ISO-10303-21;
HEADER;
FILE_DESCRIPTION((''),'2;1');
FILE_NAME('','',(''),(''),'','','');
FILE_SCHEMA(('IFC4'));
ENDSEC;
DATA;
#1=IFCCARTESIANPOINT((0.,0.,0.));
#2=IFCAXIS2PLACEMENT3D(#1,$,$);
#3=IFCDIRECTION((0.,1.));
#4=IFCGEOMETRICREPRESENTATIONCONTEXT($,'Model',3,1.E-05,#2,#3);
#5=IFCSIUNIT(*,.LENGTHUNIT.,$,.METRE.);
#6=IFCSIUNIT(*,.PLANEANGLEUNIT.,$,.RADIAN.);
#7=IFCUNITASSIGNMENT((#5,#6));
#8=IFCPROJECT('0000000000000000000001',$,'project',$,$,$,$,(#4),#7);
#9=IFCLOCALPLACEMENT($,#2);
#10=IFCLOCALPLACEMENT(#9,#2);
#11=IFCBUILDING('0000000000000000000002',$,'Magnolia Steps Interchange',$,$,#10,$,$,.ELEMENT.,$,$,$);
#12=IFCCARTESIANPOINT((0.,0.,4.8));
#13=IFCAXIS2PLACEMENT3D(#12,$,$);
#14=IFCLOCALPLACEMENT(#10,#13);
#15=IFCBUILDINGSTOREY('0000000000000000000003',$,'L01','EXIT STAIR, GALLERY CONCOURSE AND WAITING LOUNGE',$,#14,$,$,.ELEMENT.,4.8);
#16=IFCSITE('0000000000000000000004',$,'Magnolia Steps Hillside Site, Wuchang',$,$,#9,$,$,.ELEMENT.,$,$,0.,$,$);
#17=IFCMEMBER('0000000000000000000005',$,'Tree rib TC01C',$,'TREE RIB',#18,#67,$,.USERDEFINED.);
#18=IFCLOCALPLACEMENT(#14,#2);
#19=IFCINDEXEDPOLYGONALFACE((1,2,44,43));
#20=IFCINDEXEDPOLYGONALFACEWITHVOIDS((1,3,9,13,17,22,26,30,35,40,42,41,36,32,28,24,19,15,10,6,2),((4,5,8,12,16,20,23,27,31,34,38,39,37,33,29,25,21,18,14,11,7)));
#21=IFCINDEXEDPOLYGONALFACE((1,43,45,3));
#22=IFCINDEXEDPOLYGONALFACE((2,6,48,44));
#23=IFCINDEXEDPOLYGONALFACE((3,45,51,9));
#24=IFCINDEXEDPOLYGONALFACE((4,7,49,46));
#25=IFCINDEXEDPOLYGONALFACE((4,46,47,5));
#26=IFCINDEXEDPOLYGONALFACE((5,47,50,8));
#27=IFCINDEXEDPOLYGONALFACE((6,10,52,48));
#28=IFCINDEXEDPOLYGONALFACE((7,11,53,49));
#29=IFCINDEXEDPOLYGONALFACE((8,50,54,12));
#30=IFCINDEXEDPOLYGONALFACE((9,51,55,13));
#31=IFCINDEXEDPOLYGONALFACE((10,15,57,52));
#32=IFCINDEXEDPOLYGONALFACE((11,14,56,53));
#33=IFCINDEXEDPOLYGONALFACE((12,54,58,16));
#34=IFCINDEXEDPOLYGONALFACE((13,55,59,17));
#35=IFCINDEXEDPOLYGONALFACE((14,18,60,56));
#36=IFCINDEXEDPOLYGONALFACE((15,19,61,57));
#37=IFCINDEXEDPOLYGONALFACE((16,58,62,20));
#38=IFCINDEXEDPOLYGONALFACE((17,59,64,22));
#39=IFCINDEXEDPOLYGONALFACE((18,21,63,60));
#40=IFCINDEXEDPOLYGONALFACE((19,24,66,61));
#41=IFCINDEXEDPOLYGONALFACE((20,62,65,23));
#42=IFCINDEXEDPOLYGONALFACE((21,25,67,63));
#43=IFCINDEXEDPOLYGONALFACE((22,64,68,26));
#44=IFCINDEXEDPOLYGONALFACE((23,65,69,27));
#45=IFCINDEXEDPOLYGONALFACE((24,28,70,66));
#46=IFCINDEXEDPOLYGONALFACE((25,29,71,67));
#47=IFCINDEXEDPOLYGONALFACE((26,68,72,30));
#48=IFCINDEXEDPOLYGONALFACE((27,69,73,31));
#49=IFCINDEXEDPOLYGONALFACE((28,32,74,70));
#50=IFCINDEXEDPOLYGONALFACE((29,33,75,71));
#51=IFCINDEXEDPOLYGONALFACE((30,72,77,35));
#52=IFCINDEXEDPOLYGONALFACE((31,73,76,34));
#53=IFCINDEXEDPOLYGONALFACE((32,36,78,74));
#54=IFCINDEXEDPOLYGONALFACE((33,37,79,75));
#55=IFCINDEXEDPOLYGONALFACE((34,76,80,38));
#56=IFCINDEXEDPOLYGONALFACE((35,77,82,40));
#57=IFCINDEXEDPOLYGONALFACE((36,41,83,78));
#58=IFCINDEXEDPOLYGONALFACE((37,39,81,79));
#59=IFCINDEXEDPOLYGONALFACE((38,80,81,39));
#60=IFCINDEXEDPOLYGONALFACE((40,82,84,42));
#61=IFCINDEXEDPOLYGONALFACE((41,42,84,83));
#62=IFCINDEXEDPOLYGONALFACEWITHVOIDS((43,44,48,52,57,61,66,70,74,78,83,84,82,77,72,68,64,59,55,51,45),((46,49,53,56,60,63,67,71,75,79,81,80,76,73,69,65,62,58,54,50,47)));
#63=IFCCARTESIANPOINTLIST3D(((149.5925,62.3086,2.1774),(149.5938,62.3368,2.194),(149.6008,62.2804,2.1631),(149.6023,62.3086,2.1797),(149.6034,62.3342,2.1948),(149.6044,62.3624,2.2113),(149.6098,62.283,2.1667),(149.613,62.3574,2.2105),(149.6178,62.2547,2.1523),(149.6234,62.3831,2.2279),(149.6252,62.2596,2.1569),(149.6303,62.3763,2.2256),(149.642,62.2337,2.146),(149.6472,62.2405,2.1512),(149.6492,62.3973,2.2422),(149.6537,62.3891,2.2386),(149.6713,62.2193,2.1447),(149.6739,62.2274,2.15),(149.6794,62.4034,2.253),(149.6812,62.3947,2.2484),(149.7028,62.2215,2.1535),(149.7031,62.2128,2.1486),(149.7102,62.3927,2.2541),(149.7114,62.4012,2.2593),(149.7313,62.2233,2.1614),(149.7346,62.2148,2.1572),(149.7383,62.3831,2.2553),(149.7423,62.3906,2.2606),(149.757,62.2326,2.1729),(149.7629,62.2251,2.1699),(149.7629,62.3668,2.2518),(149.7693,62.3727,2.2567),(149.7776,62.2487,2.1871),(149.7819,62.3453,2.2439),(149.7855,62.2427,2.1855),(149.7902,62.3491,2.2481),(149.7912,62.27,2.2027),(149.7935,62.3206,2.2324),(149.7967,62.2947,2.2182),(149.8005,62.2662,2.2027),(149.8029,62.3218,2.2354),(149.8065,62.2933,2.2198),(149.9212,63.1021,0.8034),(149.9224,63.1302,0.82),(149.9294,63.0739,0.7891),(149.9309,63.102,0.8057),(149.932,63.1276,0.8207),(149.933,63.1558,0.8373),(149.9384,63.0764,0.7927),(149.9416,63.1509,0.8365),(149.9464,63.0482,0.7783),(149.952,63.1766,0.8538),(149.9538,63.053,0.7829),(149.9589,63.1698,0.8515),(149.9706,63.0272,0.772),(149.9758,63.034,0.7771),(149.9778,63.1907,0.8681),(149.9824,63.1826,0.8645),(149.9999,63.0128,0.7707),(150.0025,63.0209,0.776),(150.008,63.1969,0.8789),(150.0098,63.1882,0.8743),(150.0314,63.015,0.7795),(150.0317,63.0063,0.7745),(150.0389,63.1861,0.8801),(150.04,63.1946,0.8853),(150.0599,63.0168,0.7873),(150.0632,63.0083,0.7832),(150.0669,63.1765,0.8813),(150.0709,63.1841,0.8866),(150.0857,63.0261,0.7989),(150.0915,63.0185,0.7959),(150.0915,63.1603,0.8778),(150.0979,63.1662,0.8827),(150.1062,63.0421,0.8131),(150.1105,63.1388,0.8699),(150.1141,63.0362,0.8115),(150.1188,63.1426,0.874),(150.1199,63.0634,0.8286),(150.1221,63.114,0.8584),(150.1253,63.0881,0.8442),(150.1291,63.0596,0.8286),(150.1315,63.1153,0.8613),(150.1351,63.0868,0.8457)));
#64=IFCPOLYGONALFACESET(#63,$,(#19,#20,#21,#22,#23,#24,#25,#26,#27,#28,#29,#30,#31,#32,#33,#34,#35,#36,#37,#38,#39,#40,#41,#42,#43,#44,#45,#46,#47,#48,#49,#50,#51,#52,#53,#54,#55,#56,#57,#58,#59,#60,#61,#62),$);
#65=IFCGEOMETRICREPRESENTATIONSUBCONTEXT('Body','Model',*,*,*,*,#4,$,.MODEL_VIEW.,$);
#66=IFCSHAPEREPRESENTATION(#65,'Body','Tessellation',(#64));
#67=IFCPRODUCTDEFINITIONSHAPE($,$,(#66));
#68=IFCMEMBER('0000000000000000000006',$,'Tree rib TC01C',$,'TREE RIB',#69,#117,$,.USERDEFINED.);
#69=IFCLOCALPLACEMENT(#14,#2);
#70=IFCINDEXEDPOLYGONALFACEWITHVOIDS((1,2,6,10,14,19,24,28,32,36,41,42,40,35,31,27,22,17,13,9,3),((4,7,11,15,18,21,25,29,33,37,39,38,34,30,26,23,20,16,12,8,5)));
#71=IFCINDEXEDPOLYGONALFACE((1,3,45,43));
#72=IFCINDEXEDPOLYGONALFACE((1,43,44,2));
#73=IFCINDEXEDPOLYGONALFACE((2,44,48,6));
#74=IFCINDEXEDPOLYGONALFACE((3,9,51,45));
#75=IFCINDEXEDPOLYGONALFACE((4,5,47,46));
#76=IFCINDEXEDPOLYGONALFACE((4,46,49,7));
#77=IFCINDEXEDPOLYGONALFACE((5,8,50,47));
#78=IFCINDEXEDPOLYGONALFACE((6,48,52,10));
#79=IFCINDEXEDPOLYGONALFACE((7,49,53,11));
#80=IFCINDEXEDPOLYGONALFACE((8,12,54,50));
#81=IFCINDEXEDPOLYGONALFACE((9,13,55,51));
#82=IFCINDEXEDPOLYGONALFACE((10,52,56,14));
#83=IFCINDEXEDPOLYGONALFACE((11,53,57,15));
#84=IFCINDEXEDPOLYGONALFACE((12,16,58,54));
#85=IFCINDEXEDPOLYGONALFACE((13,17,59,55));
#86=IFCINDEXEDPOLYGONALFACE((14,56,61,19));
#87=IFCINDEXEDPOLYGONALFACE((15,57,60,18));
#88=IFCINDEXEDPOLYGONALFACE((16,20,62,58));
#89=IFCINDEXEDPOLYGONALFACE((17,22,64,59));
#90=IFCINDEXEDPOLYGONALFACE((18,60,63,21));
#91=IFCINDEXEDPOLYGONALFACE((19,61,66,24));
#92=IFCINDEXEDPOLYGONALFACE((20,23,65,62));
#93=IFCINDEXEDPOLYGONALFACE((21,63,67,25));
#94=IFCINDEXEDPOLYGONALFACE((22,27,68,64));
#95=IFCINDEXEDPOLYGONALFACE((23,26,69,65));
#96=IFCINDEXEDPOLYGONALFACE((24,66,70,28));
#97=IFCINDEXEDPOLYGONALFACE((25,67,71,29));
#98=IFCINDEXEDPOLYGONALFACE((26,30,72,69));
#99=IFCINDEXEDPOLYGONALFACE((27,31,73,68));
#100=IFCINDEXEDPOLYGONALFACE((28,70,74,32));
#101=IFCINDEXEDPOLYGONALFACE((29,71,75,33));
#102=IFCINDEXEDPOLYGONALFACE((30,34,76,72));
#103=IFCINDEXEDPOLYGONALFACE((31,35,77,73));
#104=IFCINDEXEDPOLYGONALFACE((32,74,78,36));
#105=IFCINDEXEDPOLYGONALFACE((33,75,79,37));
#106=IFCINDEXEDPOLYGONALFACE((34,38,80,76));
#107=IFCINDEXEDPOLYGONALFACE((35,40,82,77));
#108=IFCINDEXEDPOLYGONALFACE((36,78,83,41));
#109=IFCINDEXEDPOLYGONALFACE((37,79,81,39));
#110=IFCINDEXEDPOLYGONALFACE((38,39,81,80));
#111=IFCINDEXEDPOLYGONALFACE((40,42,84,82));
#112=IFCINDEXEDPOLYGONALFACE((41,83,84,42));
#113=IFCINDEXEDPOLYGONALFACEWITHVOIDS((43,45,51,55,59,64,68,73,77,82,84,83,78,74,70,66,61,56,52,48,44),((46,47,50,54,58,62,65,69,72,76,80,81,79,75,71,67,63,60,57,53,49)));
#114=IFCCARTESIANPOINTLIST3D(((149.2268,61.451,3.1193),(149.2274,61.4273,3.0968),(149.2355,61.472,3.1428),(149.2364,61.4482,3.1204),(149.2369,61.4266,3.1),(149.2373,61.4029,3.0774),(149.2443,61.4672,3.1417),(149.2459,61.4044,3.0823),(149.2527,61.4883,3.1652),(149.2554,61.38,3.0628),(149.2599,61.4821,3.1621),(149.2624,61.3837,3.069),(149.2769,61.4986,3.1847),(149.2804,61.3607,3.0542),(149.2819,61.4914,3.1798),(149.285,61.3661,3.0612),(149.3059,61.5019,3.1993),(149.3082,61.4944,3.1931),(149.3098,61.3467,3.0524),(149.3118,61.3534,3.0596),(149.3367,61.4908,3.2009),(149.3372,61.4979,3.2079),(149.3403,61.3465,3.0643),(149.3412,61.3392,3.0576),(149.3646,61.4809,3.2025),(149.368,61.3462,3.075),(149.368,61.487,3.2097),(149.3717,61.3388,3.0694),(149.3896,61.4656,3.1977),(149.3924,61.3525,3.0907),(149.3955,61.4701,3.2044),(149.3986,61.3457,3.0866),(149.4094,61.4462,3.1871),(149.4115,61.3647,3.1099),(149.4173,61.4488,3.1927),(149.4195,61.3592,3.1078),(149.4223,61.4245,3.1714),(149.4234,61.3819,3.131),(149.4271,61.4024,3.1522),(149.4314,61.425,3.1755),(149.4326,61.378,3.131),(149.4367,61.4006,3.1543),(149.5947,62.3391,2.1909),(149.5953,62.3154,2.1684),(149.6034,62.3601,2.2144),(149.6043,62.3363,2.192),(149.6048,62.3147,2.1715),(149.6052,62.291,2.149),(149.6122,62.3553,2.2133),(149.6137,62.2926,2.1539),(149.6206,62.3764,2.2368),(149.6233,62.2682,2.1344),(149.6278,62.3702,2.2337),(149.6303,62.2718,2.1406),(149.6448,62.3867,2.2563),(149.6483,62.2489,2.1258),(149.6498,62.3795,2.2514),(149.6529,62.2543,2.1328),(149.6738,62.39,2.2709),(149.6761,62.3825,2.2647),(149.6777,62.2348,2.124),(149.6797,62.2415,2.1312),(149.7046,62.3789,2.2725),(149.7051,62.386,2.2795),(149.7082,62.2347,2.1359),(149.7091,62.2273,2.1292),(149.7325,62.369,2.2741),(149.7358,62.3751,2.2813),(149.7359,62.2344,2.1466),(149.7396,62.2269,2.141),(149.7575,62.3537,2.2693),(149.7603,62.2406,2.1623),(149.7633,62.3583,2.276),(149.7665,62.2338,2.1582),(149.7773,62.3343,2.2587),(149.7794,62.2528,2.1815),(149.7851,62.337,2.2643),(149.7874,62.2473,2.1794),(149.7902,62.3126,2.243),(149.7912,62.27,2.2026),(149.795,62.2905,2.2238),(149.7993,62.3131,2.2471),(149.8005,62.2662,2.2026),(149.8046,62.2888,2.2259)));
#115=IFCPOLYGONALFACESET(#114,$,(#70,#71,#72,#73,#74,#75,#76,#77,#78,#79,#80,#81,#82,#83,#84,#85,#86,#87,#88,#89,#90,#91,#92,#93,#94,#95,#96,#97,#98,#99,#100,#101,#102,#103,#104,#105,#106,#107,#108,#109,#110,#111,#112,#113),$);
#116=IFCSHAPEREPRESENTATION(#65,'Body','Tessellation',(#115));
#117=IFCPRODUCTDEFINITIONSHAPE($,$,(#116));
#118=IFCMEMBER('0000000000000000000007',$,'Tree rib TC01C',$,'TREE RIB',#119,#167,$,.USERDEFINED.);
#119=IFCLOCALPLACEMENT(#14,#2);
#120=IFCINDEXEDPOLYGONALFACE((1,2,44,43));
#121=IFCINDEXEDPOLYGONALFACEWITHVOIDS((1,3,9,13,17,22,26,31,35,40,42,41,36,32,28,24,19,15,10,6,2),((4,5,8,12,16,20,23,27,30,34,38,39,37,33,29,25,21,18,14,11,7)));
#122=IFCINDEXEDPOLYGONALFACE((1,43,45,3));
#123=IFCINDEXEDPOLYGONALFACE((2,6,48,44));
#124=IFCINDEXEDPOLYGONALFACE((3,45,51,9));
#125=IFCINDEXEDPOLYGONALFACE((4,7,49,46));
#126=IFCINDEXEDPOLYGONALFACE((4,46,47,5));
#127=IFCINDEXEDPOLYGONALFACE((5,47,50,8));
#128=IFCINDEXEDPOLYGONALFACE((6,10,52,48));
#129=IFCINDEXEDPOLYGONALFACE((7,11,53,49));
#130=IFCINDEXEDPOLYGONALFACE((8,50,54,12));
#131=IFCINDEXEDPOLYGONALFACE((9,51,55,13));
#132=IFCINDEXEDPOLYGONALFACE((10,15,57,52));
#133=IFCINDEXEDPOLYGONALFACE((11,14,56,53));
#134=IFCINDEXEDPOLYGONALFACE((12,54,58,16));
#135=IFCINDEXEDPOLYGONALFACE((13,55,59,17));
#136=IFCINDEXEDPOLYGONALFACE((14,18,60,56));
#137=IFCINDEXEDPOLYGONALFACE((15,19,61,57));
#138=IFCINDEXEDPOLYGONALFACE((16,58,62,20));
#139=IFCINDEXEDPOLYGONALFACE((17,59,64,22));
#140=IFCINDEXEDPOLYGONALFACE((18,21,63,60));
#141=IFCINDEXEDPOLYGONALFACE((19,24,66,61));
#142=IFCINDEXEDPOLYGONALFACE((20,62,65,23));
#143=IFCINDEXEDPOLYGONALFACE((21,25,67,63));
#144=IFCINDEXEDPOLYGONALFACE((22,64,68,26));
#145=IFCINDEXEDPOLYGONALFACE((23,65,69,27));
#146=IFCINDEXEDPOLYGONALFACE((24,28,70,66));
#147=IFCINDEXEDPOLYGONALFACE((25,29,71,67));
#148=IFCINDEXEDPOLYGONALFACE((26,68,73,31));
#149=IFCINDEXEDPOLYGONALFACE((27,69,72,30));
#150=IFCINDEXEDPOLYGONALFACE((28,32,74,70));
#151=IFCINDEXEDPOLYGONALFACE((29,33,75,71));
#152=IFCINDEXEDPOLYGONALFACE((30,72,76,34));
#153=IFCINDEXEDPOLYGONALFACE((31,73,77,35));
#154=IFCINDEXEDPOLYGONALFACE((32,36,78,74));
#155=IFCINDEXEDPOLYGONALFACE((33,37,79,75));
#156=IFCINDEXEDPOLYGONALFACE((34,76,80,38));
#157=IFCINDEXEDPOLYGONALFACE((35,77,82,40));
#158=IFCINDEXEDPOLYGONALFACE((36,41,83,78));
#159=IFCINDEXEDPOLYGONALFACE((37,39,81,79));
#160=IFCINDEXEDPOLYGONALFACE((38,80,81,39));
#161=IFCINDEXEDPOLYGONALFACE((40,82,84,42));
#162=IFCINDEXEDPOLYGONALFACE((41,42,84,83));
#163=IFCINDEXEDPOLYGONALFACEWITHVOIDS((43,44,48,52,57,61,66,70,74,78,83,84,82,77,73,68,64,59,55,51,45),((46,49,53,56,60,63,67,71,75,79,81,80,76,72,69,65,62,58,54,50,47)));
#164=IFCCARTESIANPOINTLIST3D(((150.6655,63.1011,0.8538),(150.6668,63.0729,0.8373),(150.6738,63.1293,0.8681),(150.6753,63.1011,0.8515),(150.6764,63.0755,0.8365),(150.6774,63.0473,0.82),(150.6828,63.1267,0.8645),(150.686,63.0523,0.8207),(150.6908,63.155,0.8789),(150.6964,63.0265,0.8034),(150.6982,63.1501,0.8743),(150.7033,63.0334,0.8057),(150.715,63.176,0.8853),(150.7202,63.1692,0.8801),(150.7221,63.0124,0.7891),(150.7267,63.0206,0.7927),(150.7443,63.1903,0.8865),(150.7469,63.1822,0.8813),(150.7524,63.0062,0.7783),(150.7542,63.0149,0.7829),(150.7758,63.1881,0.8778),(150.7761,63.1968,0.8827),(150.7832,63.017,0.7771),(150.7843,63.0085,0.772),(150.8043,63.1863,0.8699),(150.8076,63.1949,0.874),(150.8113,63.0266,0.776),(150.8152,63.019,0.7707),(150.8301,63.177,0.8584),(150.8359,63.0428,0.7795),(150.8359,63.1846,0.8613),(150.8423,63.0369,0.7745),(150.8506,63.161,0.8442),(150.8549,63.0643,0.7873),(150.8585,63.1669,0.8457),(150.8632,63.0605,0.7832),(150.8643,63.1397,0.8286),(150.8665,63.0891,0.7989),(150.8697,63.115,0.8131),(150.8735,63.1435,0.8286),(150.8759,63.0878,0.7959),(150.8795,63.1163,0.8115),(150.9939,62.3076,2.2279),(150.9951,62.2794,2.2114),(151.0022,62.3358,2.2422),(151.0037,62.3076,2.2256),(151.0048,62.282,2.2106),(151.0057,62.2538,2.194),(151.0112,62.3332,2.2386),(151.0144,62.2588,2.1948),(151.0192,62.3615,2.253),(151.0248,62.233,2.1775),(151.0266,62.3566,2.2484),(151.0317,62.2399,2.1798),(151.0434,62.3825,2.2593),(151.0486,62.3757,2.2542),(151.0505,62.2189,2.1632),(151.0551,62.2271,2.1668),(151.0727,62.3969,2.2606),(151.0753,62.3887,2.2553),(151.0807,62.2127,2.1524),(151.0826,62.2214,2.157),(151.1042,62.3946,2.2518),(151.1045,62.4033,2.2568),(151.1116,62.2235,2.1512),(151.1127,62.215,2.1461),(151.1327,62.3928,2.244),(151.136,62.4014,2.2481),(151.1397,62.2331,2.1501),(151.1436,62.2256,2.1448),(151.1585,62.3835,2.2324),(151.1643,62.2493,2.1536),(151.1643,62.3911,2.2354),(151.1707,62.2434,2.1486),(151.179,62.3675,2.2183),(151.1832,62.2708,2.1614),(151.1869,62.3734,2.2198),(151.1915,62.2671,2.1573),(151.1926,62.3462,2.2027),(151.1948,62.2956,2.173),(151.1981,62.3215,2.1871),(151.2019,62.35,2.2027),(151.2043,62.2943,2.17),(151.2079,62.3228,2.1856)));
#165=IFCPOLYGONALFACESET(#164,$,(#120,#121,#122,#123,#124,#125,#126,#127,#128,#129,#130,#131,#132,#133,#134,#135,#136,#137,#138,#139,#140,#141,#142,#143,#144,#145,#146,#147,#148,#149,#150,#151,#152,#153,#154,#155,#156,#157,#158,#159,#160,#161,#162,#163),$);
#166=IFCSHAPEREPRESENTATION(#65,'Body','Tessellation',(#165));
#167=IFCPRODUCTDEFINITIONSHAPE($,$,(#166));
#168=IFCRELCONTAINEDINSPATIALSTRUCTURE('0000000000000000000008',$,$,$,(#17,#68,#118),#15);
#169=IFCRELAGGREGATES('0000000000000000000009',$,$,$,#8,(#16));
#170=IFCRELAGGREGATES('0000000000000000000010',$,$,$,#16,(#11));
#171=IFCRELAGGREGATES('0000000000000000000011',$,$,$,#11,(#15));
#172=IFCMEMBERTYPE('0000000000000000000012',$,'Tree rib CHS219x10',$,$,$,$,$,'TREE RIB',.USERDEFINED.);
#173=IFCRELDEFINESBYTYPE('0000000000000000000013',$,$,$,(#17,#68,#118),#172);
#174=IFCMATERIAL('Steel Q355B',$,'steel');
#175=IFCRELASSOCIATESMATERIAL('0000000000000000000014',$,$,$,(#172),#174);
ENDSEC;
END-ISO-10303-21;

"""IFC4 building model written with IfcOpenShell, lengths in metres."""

from ifc_helpers import new_model, si_unit, direction, frame, origin, origin_2d, place, context, subcontext, project, spatial, hollow_circle, extrude, material, material_profile, profile_set, type_object, element, save


model = new_model("IFC4")

# Units and contexts
model_context = context("Model", 3, precision=1e-05, world=origin(), true_north=direction((0.0, 1.0)))
body_context = subcontext(model_context, "Body", "Model", "MODEL_VIEW")
ifc_project = project(units=[si_unit("LENGTHUNIT", "METRE"), si_unit("PLANEANGLEUNIT", "RADIAN")], contexts=[model_context])

# Site, building, storey
site_placement = place(None, origin())
site = spatial("IfcSite", under=ifc_project, at=site_placement, Name="Magnolia Steps Hillside Site, Wuchang", CompositionType="ELEMENT", RefElevation=0.0)
building_placement = place(site_placement, origin())
building = spatial("IfcBuilding", under=site, at=building_placement, Name="Magnolia Steps Interchange", CompositionType="ELEMENT")
storey_placement = place(building_placement, frame((0.0, 0.0, 4.8)))
storey = spatial("IfcBuildingStorey", under=building, at=storey_placement, Name="L01", Description="EXIT STAIR, GALLERY CONCOURSE AND WAITING LOUNGE", CompositionType="ELEMENT", Elevation=4.8)

# Members
ifc_material_1 = material(Name="Steel Q355B", Category="steel")
ifc_material_profile_1 = material_profile(ifc_material_1, hollow_circle(Radius=0.1096, WallThickness=0.01, at=origin_2d()), Name="CHS219x10")
ifc_profile_set_1 = profile_set([ifc_material_profile_1], Name="Steel Q355B")
member_type = type_object("IfcMemberType", Name="Tree rib CHS219x10", ElementType="TREE RIB", PredefinedType="USERDEFINED", material=ifc_profile_set_1)
member_1_placement = place(storey_placement, frame((150.0278, 63.1016, 0.8286), z_axis=(-0.202805, -0.489686, 0.847985), x_axis=(0.923899, -0.382636, 0.0)))
element("IfcMember", 1, at=member_1_placement, inside=storey, type_object=member_type, Name="Tree rib TC01C", ObjectType="TREE RIB", PredefinedType="USERDEFINED", context=body_context, shape_type="SweptSolid", body=[
    extrude(hollow_circle(Radius=0.1096, WallThickness=0.01, at=origin_2d()), origin(), (0.0, 0.0, 1.0), 1.6204),
])
member_2_placement = place(storey_placement, frame((149.6992, 62.3081, 2.2026), z_axis=(-0.275282, -0.664549, 0.69469), x_axis=(0.923871, -0.382703, 0.0)))
element("IfcMember", 2, at=member_2_placement, inside=storey, type_object=member_type, Name="Tree rib TC01C", ObjectType="TREE RIB", PredefinedType="USERDEFINED", context=body_context, shape_type="SweptSolid", body=[
    extrude(hollow_circle(Radius=0.1096, WallThickness=0.01, at=origin_2d()), origin(), (0.0, 0.0, 1.0), 1.3364),
])
member_3_placement = place(storey_placement, frame((150.7722, 63.1016, 0.8286), z_axis=(0.202661, -0.489701, 0.848011), x_axis=(0.924, 0.382394, 0.0)))
element("IfcMember", 3, at=member_3_placement, inside=storey, type_object=member_type, Name="Tree rib TC01C", ObjectType="TREE RIB", PredefinedType="USERDEFINED", context=body_context, shape_type="SweptSolid", body=[
    extrude(hollow_circle(Radius=0.1096, WallThickness=0.01, at=origin_2d()), origin(), (0.0, 0.0, 1.0), 1.6204),
])

save(model, "model.ifc")
